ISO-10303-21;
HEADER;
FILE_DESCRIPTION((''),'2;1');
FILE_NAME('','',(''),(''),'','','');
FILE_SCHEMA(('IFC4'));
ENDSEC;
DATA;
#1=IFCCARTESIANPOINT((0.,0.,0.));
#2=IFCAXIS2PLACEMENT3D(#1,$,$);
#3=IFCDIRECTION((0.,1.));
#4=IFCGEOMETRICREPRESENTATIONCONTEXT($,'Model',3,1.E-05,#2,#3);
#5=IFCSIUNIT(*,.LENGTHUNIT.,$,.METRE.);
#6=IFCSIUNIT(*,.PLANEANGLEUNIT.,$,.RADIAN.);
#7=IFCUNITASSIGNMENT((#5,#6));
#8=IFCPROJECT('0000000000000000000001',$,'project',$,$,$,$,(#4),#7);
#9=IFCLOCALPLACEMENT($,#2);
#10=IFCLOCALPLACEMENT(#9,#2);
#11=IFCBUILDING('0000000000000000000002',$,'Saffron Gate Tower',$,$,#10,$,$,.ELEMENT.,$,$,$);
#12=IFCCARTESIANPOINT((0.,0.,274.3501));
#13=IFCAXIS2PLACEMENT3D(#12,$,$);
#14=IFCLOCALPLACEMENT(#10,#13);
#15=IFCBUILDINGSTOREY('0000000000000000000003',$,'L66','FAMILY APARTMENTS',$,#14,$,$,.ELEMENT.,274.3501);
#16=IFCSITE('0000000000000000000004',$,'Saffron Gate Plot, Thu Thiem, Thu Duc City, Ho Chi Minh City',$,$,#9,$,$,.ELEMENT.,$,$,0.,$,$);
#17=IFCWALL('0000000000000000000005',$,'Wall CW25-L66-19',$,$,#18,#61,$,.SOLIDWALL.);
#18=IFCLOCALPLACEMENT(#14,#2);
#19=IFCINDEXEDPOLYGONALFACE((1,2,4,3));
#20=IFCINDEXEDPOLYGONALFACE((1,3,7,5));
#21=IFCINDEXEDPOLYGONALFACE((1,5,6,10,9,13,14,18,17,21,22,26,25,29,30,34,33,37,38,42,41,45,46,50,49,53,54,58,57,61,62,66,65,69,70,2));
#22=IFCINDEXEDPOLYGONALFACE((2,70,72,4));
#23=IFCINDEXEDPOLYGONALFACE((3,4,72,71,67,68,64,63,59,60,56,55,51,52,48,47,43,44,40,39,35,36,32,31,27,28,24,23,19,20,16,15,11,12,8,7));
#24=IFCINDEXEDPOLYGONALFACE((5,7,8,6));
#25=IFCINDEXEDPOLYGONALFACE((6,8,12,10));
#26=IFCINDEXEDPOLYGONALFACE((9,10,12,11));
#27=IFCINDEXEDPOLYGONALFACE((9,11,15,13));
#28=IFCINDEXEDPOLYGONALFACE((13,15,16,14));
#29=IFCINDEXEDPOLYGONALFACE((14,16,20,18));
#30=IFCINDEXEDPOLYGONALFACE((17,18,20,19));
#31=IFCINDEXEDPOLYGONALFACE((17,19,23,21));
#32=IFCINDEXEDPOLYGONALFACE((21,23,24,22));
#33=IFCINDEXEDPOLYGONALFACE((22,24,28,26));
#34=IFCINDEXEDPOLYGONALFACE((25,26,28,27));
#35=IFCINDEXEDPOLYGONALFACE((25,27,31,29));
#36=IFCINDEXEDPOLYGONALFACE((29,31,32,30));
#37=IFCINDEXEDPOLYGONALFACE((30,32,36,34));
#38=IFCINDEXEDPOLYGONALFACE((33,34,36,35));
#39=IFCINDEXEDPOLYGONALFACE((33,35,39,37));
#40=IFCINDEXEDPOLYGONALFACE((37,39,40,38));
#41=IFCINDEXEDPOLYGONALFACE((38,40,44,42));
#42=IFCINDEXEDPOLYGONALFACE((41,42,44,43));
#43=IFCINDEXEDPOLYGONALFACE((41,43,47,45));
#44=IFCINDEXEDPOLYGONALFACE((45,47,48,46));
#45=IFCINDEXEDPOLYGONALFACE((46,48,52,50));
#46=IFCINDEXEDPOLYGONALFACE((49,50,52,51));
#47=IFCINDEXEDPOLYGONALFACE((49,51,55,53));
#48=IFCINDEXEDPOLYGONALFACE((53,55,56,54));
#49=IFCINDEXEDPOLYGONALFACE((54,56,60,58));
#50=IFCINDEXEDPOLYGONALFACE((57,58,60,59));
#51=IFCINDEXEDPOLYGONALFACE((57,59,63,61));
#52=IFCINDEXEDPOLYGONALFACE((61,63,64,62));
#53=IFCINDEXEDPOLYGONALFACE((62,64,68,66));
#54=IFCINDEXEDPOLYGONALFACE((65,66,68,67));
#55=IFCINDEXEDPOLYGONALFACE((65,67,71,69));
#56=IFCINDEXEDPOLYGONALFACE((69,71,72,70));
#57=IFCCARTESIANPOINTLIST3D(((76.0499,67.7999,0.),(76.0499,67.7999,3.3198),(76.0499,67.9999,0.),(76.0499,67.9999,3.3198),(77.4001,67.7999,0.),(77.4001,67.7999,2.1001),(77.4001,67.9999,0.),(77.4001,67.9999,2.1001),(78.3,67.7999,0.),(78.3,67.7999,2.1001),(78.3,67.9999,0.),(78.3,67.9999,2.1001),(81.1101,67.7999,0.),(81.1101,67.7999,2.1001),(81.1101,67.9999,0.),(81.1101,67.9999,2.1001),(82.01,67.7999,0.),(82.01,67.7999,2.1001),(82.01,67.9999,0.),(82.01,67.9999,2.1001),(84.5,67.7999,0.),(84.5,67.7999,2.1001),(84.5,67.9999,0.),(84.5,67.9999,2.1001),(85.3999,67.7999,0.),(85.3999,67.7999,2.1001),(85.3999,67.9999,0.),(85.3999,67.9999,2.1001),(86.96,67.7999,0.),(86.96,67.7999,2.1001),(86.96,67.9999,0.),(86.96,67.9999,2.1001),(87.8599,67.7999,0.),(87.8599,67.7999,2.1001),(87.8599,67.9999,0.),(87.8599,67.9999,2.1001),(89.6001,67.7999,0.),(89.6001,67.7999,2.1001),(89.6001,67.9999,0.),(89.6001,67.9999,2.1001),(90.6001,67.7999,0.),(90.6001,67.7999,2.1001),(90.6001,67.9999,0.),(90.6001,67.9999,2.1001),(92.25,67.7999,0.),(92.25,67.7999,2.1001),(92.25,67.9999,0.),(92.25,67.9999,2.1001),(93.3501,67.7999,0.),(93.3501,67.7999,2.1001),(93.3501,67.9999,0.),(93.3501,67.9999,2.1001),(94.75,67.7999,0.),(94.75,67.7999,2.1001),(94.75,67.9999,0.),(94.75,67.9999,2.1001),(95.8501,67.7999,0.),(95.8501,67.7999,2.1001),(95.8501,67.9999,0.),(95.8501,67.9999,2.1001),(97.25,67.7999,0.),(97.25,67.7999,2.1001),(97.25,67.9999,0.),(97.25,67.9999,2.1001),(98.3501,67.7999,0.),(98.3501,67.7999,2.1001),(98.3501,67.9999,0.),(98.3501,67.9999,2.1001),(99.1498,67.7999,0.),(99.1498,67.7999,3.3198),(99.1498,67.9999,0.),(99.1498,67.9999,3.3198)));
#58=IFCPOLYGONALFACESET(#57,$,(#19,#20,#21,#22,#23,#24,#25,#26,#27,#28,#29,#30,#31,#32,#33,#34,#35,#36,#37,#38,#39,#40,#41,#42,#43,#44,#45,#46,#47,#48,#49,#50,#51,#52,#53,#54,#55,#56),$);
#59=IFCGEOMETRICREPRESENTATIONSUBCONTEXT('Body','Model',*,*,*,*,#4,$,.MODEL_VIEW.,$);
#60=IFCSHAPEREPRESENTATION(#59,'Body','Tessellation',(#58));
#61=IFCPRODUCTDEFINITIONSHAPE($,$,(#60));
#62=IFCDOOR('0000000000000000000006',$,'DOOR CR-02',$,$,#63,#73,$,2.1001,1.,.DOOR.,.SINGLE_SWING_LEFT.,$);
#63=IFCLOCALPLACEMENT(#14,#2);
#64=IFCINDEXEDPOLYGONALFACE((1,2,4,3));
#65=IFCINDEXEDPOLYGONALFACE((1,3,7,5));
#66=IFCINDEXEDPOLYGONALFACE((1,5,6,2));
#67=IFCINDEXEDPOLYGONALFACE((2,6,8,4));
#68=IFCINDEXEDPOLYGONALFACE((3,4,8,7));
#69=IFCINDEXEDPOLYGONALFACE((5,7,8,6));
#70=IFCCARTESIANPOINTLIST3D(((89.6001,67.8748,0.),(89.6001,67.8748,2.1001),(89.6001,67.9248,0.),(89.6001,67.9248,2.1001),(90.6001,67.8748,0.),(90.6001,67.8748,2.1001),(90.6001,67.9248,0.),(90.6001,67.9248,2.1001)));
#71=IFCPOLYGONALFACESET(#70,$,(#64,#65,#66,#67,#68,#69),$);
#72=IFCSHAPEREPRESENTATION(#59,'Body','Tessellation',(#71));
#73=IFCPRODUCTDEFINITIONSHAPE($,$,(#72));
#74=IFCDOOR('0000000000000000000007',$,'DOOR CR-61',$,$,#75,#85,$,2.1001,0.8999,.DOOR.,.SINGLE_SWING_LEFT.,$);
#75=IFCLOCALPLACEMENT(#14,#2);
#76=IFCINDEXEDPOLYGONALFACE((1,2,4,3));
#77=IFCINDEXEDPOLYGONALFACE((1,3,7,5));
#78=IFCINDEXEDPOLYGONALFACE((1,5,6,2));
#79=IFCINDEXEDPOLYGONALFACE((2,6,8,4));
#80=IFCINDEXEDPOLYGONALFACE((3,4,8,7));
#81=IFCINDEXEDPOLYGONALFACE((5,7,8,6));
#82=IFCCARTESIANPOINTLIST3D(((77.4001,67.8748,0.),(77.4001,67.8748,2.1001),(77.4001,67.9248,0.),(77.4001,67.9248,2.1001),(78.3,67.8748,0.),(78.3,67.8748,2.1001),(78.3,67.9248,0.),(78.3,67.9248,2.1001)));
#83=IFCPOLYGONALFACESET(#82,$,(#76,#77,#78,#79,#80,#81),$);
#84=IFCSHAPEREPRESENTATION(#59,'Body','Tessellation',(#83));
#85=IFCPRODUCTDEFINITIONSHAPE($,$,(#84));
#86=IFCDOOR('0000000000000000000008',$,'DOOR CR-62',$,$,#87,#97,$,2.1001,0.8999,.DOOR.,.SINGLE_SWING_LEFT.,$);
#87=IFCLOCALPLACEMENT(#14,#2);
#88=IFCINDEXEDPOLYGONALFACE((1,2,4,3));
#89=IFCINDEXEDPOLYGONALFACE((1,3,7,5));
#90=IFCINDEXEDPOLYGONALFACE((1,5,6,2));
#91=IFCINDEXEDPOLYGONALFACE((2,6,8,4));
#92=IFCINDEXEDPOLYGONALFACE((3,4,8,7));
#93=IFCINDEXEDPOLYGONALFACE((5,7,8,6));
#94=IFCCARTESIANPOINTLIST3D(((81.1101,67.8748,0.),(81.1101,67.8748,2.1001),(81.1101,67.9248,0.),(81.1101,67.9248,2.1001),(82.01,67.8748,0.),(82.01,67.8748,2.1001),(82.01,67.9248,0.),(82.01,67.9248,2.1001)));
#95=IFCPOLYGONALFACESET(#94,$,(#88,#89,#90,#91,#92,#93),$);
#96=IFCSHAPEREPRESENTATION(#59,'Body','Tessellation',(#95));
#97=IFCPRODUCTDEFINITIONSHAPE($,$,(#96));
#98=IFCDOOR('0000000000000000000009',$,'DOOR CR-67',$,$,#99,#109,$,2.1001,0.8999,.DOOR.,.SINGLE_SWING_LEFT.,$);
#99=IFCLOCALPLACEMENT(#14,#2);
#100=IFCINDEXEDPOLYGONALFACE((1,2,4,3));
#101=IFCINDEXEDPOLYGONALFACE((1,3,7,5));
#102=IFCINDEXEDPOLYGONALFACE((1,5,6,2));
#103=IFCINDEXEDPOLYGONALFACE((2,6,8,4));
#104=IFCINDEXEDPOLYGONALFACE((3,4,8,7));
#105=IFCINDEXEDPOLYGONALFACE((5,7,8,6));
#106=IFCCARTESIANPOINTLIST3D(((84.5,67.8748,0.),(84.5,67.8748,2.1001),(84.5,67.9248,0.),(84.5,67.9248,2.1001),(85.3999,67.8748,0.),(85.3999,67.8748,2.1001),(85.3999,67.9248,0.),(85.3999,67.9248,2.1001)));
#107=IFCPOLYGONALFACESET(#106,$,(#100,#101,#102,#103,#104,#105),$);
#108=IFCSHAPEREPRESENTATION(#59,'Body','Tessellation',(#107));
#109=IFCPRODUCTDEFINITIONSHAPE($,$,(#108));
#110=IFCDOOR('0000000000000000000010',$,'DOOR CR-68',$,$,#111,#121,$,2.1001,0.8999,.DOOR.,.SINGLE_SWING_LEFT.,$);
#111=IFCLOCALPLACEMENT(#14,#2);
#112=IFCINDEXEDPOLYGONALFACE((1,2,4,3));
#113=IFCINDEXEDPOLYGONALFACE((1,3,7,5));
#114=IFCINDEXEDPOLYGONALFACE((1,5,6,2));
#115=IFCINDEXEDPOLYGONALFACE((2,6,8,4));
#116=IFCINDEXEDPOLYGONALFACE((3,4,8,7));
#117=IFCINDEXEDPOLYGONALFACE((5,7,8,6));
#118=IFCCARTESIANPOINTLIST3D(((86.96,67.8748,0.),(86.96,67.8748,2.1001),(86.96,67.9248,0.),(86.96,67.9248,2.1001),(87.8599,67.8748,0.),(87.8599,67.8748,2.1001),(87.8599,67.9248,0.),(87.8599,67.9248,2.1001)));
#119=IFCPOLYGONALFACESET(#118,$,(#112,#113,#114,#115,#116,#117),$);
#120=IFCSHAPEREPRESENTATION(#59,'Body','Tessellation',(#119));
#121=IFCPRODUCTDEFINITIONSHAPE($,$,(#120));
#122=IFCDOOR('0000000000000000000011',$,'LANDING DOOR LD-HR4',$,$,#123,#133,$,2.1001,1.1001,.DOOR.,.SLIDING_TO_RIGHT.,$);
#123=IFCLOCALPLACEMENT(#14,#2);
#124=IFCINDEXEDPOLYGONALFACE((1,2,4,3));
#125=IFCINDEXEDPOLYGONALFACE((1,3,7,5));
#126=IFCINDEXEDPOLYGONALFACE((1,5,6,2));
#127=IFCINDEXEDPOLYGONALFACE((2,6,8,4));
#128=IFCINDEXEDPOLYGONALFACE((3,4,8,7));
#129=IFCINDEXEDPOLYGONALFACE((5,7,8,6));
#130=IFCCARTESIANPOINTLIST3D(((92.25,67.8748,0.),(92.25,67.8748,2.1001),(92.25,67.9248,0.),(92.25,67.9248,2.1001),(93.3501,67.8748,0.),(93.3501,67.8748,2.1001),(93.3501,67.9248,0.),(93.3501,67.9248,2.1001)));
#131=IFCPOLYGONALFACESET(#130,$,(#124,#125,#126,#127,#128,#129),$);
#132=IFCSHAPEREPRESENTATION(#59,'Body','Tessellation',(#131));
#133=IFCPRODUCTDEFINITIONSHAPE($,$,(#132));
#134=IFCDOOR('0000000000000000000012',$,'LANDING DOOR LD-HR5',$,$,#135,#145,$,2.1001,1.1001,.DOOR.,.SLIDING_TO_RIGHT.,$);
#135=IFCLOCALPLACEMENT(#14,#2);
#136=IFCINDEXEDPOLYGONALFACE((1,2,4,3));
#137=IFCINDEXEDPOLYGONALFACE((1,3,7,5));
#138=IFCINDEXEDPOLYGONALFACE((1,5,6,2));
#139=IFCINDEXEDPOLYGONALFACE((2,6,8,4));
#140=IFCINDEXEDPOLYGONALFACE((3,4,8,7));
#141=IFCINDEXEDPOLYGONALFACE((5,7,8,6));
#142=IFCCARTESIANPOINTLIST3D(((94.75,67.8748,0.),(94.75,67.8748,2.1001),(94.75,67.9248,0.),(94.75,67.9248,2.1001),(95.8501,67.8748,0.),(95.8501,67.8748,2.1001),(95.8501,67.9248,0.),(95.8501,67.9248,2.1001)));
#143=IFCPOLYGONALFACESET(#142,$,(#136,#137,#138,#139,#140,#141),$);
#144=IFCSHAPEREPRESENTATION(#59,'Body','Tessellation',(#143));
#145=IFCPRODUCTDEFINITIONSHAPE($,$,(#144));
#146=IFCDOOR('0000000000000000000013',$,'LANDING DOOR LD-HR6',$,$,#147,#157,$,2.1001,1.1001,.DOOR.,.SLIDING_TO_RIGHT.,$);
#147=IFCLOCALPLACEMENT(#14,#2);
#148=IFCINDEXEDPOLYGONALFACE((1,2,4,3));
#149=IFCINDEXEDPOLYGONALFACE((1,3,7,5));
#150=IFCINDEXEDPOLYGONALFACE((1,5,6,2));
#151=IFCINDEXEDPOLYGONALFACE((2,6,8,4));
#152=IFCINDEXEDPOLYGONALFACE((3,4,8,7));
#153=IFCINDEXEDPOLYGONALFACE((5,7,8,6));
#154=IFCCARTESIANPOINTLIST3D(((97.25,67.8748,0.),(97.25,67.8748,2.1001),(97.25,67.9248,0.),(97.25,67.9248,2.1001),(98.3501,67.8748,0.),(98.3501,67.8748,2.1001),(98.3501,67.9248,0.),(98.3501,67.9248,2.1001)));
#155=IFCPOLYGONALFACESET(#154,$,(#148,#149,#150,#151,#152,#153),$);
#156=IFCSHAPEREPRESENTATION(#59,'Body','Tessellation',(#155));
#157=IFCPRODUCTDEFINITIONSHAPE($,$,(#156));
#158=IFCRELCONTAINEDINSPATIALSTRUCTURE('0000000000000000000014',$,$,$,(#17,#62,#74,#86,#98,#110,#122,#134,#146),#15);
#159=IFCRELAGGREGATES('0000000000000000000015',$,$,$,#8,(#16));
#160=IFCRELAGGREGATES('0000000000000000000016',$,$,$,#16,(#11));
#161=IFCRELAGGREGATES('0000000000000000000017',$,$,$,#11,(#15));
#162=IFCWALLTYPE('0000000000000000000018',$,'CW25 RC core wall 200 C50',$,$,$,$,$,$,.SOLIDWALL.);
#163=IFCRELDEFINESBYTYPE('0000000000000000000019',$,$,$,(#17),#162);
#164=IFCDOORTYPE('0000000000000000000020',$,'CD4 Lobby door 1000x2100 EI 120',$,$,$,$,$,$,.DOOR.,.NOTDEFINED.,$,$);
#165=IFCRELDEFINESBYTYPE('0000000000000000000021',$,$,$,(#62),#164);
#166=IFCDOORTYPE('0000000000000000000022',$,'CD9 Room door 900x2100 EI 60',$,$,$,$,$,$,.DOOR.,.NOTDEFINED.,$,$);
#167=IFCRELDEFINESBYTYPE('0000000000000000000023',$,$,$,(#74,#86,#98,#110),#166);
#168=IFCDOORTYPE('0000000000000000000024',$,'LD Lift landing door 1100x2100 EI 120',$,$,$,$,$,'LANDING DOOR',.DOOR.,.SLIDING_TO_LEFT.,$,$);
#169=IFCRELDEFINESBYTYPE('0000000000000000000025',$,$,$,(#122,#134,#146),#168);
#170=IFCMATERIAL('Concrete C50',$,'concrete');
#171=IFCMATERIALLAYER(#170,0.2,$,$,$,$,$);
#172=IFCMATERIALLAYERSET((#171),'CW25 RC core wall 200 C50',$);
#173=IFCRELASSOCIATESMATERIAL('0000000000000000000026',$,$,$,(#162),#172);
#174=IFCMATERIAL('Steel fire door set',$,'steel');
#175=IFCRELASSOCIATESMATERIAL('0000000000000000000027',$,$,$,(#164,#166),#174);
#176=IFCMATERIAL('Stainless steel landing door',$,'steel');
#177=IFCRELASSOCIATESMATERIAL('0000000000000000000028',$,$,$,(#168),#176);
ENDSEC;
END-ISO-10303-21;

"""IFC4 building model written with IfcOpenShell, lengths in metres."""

from ifc_helpers import new_model, si_unit, direction, frame, frame_2d, origin, place, context, subcontext, project, spatial, rectangle, extrude, material, layer, layer_set, type_object, element, fill, save


model = new_model("IFC4")

# Units and contexts
model_context = context("Model", 3, precision=1e-05, world=origin(), true_north=direction((0.0, 1.0)))
body_context = subcontext(model_context, "Body", "Model", "MODEL_VIEW")
ifc_project = project(units=[si_unit("LENGTHUNIT", "METRE"), si_unit("PLANEANGLEUNIT", "RADIAN")], contexts=[model_context])

# Site, building, storey
site_placement = place(None, origin())
site = spatial("IfcSite", under=ifc_project, at=site_placement, Name="Saffron Gate Plot, Thu Thiem, Thu Duc City, Ho Chi Minh City", CompositionType="ELEMENT", RefElevation=0.0)
building_placement = place(site_placement, origin())
building = spatial("IfcBuilding", under=site, at=building_placement, Name="Saffron Gate Tower", CompositionType="ELEMENT")
storey_placement = place(building_placement, frame((0.0, 0.0, 274.3501)))
storey = spatial("IfcBuildingStorey", under=building, at=storey_placement, Name="L66", Description="FAMILY APARTMENTS", CompositionType="ELEMENT", Elevation=274.3501)

# Shared definitions
ifc_material_1 = material(Name="Concrete C50", Category="concrete")

# Wall, openings, doors
ifc_layer_1 = layer(ifc_material_1, 0.2)
ifc_layer_set_1 = layer_set([ifc_layer_1], Name="CW25 RC core wall 200 C50")
wall_type_1 = type_object("IfcWallType", Name="CW25 RC core wall 200 C50", PredefinedType="SOLIDWALL", material=ifc_layer_set_1)
wall_1_placement = place(storey_placement, frame((76.05, 67.8999, 0.0), z_axis=(0.0, 0.0, 1.0), x_axis=(1.0, 0.0, 0.0)))
wall_1 = element("IfcWall", 1, at=wall_1_placement, inside=storey, type_object=wall_type_1, Name="Wall CW25-L66-19", PredefinedType="SOLIDWALL", context=body_context, shape_type="SweptSolid", body=[
    extrude(rectangle(XDim=23.0999, YDim=0.2, at=frame_2d((11.5498, 0.0))), origin(), (0.0, 0.0, 1.0), 3.3198),
])
opening_1_placement = place(wall_1_placement, frame((1.3501, 0.0, 0.0)))
opening_1 = element("IfcOpeningElement", 2, at=opening_1_placement, cuts=wall_1, PredefinedType="OPENING", context=body_context, shape_type="SweptSolid", body=[
    extrude(rectangle(XDim=0.8999, YDim=2.1001, at=frame_2d((0.45, 1.05))), frame((0.0, 0.1099, 0.0), z_axis=(0.0, -1.0, 0.0), x_axis=(1.0, 0.0, 0.0)), (0.0, 0.0, 1.0), 0.22),
])
opening_2_placement = place(wall_1_placement, frame((5.0601, 0.0, 0.0)))
opening_2 = element("IfcOpeningElement", 3, at=opening_2_placement, cuts=wall_1, PredefinedType="OPENING", context=body_context, shape_type="SweptSolid", body=[
    extrude(rectangle(XDim=0.8999, YDim=2.1001, at=frame_2d((0.45, 1.05))), frame((0.0, 0.1099, 0.0), z_axis=(0.0, -1.0, 0.0), x_axis=(1.0, 0.0, 0.0)), (0.0, 0.0, 1.0), 0.22),
])
opening_3_placement = place(wall_1_placement, frame((8.45, 0.0, 0.0)))
opening_3 = element("IfcOpeningElement", 4, at=opening_3_placement, cuts=wall_1, PredefinedType="OPENING", context=body_context, shape_type="SweptSolid", body=[
    extrude(rectangle(XDim=0.8999, YDim=2.1001, at=frame_2d((0.45, 1.05))), frame((0.0, 0.1099, 0.0), z_axis=(0.0, -1.0, 0.0), x_axis=(1.0, 0.0, 0.0)), (0.0, 0.0, 1.0), 0.22),
])
opening_4_placement = place(wall_1_placement, frame((10.9099, 0.0, 0.0)))
opening_4 = element("IfcOpeningElement", 5, at=opening_4_placement, cuts=wall_1, PredefinedType="OPENING", context=body_context, shape_type="SweptSolid", body=[
    extrude(rectangle(XDim=0.8999, YDim=2.1001, at=frame_2d((0.45, 1.05))), frame((0.0, 0.1099, 0.0), z_axis=(0.0, -1.0, 0.0), x_axis=(1.0, 0.0, 0.0)), (0.0, 0.0, 1.0), 0.22),
])
opening_5_placement = place(wall_1_placement, frame((13.55, 0.0, 0.0)))
opening_5 = element("IfcOpeningElement", 6, at=opening_5_placement, cuts=wall_1, PredefinedType="OPENING", context=body_context, shape_type="SweptSolid", body=[
    extrude(rectangle(XDim=1.0, YDim=2.1001, at=frame_2d((0.5, 1.05))), frame((0.0, 0.1099, 0.0), z_axis=(0.0, -1.0, 0.0), x_axis=(1.0, 0.0, 0.0)), (0.0, 0.0, 1.0), 0.22),
])
opening_6_placement = place(wall_1_placement, frame((16.2, 0.0, 0.0)))
opening_6 = element("IfcOpeningElement", 7, at=opening_6_placement, cuts=wall_1, PredefinedType="OPENING", context=body_context, shape_type="SweptSolid", body=[
    extrude(rectangle(XDim=1.1001, YDim=2.1001, at=frame_2d((0.55, 1.05))), frame((0.0, 0.1099, 0.0), z_axis=(0.0, -1.0, 0.0), x_axis=(1.0, 0.0, 0.0)), (0.0, 0.0, 1.0), 0.22),
])
opening_7_placement = place(wall_1_placement, frame((18.7, 0.0, 0.0)))
opening_7 = element("IfcOpeningElement", 8, at=opening_7_placement, cuts=wall_1, PredefinedType="OPENING", context=body_context, shape_type="SweptSolid", body=[
    extrude(rectangle(XDim=1.1001, YDim=2.1001, at=frame_2d((0.55, 1.05))), frame((0.0, 0.1099, 0.0), z_axis=(0.0, -1.0, 0.0), x_axis=(1.0, 0.0, 0.0)), (0.0, 0.0, 1.0), 0.22),
])
opening_8_placement = place(wall_1_placement, frame((21.2, 0.0, 0.0)))
opening_8 = element("IfcOpeningElement", 9, at=opening_8_placement, cuts=wall_1, PredefinedType="OPENING", context=body_context, shape_type="SweptSolid", body=[
    extrude(rectangle(XDim=1.1001, YDim=2.1001, at=frame_2d((0.55, 1.05))), frame((0.0, 0.1099, 0.0), z_axis=(0.0, -1.0, 0.0), x_axis=(1.0, 0.0, 0.0)), (0.0, 0.0, 1.0), 0.22),
])
ifc_material_2 = material(Name="Steel fire door set", Category="steel")
door_type_1 = type_object("IfcDoorType", Name="CD4 Lobby door 1000x2100 EI 120", OperationType="NOTDEFINED", PredefinedType="DOOR", material=ifc_material_2)
door_1_placement = place(opening_5_placement, origin())
door_1 = element("IfcDoor", 10, at=door_1_placement, inside=storey, type_object=door_type_1, Name="DOOR CR-02", OperationType="SINGLE_SWING_LEFT", OverallHeight=2.1001, OverallWidth=1.0, PredefinedType="DOOR", context=body_context, shape_type="SweptSolid", body=[
    extrude(rectangle(XDim=1.0, YDim=2.1001, at=frame_2d((0.5, 1.05))), frame((0.0, 0.0249, 0.0), z_axis=(0.0, -1.0, 0.0), x_axis=(1.0, 0.0, 0.0)), (0.0, 0.0, 1.0), 0.05),
])
fill(opening_5, door_1)
door_type_2 = type_object("IfcDoorType", Name="CD9 Room door 900x2100 EI 60", OperationType="NOTDEFINED", PredefinedType="DOOR", material=ifc_material_2)
door_2_placement = place(opening_1_placement, origin())
door_2 = element("IfcDoor", 11, at=door_2_placement, inside=storey, type_object=door_type_2, Name="DOOR CR-61", OperationType="SINGLE_SWING_LEFT", OverallHeight=2.1001, OverallWidth=0.8999, PredefinedType="DOOR", context=body_context, shape_type="SweptSolid", body=[
    extrude(rectangle(XDim=0.8999, YDim=2.1001, at=frame_2d((0.45, 1.05))), frame((0.0, 0.0249, 0.0), z_axis=(0.0, -1.0, 0.0), x_axis=(1.0, 0.0, 0.0)), (0.0, 0.0, 1.0), 0.05),
])
fill(opening_1, door_2)
door_3_placement = place(opening_2_placement, origin())
door_3 = element("IfcDoor", 12, at=door_3_placement, inside=storey, type_object=door_type_2, Name="DOOR CR-62", OperationType="SINGLE_SWING_LEFT", OverallHeight=2.1001, OverallWidth=0.8999, PredefinedType="DOOR", context=body_context, shape_type="SweptSolid", body=[
    extrude(rectangle(XDim=0.8999, YDim=2.1001, at=frame_2d((0.45, 1.05))), frame((0.0, 0.0249, 0.0), z_axis=(0.0, -1.0, 0.0), x_axis=(1.0, 0.0, 0.0)), (0.0, 0.0, 1.0), 0.05),
])
fill(opening_2, door_3)
door_4_placement = place(opening_3_placement, origin())
door_4 = element("IfcDoor", 13, at=door_4_placement, inside=storey, type_object=door_type_2, Name="DOOR CR-67", OperationType="SINGLE_SWING_LEFT", OverallHeight=2.1001, OverallWidth=0.8999, PredefinedType="DOOR", context=body_context, shape_type="SweptSolid", body=[
    extrude(rectangle(XDim=0.8999, YDim=2.1001, at=frame_2d((0.45, 1.05))), frame((0.0, 0.0249, 0.0), z_axis=(0.0, -1.0, 0.0), x_axis=(1.0, 0.0, 0.0)), (0.0, 0.0, 1.0), 0.05),
])
fill(opening_3, door_4)
door_5_placement = place(opening_4_placement, origin())
door_5 = element("IfcDoor", 14, at=door_5_placement, inside=storey, type_object=door_type_2, Name="DOOR CR-68", OperationType="SINGLE_SWING_LEFT", OverallHeight=2.1001, OverallWidth=0.8999, PredefinedType="DOOR", context=body_context, shape_type="SweptSolid", body=[
    extrude(rectangle(XDim=0.8999, YDim=2.1001, at=frame_2d((0.45, 1.05))), frame((0.0, 0.0249, 0.0), z_axis=(0.0, -1.0, 0.0), x_axis=(1.0, 0.0, 0.0)), (0.0, 0.0, 1.0), 0.05),
])
fill(opening_4, door_5)
ifc_material_3 = material(Name="Stainless steel landing door", Category="steel")
door_type_3 = type_object("IfcDoorType", Name="LD Lift landing door 1100x2100 EI 120", ElementType="LANDING DOOR", OperationType="SLIDING_TO_LEFT", PredefinedType="DOOR", material=ifc_material_3)
door_6_placement = place(opening_6_placement, origin())
door_6 = element("IfcDoor", 15, at=door_6_placement, inside=storey, type_object=door_type_3, Name="LANDING DOOR LD-HR4", OperationType="SLIDING_TO_RIGHT", OverallHeight=2.1001, OverallWidth=1.1001, PredefinedType="DOOR", context=body_context, shape_type="SweptSolid", body=[
    extrude(rectangle(XDim=1.1001, YDim=2.1001, at=frame_2d((0.55, 1.05))), frame((0.0, 0.0249, 0.0), z_axis=(0.0, -1.0, 0.0), x_axis=(1.0, 0.0, 0.0)), (0.0, 0.0, 1.0), 0.05),
])
fill(opening_6, door_6)
door_7_placement = place(opening_7_placement, origin())
door_7 = element("IfcDoor", 16, at=door_7_placement, inside=storey, type_object=door_type_3, Name="LANDING DOOR LD-HR5", OperationType="SLIDING_TO_RIGHT", OverallHeight=2.1001, OverallWidth=1.1001, PredefinedType="DOOR", context=body_context, shape_type="SweptSolid", body=[
    extrude(rectangle(XDim=1.1001, YDim=2.1001, at=frame_2d((0.55, 1.05))), frame((0.0, 0.0249, 0.0), z_axis=(0.0, -1.0, 0.0), x_axis=(1.0, 0.0, 0.0)), (0.0, 0.0, 1.0), 0.05),
])
fill(opening_7, door_7)
door_8_placement = place(opening_8_placement, origin())
door_8 = element("IfcDoor", 17, at=door_8_placement, inside=storey, type_object=door_type_3, Name="LANDING DOOR LD-HR6", OperationType="SLIDING_TO_RIGHT", OverallHeight=2.1001, OverallWidth=1.1001, PredefinedType="DOOR", context=body_context, shape_type="SweptSolid", body=[
    extrude(rectangle(XDim=1.1001, YDim=2.1001, at=frame_2d((0.55, 1.05))), frame((0.0, 0.0249, 0.0), z_axis=(0.0, -1.0, 0.0), x_axis=(1.0, 0.0, 0.0)), (0.0, 0.0, 1.0), 0.05),
])
fill(opening_8, door_8)

save(model, "model.ifc")
